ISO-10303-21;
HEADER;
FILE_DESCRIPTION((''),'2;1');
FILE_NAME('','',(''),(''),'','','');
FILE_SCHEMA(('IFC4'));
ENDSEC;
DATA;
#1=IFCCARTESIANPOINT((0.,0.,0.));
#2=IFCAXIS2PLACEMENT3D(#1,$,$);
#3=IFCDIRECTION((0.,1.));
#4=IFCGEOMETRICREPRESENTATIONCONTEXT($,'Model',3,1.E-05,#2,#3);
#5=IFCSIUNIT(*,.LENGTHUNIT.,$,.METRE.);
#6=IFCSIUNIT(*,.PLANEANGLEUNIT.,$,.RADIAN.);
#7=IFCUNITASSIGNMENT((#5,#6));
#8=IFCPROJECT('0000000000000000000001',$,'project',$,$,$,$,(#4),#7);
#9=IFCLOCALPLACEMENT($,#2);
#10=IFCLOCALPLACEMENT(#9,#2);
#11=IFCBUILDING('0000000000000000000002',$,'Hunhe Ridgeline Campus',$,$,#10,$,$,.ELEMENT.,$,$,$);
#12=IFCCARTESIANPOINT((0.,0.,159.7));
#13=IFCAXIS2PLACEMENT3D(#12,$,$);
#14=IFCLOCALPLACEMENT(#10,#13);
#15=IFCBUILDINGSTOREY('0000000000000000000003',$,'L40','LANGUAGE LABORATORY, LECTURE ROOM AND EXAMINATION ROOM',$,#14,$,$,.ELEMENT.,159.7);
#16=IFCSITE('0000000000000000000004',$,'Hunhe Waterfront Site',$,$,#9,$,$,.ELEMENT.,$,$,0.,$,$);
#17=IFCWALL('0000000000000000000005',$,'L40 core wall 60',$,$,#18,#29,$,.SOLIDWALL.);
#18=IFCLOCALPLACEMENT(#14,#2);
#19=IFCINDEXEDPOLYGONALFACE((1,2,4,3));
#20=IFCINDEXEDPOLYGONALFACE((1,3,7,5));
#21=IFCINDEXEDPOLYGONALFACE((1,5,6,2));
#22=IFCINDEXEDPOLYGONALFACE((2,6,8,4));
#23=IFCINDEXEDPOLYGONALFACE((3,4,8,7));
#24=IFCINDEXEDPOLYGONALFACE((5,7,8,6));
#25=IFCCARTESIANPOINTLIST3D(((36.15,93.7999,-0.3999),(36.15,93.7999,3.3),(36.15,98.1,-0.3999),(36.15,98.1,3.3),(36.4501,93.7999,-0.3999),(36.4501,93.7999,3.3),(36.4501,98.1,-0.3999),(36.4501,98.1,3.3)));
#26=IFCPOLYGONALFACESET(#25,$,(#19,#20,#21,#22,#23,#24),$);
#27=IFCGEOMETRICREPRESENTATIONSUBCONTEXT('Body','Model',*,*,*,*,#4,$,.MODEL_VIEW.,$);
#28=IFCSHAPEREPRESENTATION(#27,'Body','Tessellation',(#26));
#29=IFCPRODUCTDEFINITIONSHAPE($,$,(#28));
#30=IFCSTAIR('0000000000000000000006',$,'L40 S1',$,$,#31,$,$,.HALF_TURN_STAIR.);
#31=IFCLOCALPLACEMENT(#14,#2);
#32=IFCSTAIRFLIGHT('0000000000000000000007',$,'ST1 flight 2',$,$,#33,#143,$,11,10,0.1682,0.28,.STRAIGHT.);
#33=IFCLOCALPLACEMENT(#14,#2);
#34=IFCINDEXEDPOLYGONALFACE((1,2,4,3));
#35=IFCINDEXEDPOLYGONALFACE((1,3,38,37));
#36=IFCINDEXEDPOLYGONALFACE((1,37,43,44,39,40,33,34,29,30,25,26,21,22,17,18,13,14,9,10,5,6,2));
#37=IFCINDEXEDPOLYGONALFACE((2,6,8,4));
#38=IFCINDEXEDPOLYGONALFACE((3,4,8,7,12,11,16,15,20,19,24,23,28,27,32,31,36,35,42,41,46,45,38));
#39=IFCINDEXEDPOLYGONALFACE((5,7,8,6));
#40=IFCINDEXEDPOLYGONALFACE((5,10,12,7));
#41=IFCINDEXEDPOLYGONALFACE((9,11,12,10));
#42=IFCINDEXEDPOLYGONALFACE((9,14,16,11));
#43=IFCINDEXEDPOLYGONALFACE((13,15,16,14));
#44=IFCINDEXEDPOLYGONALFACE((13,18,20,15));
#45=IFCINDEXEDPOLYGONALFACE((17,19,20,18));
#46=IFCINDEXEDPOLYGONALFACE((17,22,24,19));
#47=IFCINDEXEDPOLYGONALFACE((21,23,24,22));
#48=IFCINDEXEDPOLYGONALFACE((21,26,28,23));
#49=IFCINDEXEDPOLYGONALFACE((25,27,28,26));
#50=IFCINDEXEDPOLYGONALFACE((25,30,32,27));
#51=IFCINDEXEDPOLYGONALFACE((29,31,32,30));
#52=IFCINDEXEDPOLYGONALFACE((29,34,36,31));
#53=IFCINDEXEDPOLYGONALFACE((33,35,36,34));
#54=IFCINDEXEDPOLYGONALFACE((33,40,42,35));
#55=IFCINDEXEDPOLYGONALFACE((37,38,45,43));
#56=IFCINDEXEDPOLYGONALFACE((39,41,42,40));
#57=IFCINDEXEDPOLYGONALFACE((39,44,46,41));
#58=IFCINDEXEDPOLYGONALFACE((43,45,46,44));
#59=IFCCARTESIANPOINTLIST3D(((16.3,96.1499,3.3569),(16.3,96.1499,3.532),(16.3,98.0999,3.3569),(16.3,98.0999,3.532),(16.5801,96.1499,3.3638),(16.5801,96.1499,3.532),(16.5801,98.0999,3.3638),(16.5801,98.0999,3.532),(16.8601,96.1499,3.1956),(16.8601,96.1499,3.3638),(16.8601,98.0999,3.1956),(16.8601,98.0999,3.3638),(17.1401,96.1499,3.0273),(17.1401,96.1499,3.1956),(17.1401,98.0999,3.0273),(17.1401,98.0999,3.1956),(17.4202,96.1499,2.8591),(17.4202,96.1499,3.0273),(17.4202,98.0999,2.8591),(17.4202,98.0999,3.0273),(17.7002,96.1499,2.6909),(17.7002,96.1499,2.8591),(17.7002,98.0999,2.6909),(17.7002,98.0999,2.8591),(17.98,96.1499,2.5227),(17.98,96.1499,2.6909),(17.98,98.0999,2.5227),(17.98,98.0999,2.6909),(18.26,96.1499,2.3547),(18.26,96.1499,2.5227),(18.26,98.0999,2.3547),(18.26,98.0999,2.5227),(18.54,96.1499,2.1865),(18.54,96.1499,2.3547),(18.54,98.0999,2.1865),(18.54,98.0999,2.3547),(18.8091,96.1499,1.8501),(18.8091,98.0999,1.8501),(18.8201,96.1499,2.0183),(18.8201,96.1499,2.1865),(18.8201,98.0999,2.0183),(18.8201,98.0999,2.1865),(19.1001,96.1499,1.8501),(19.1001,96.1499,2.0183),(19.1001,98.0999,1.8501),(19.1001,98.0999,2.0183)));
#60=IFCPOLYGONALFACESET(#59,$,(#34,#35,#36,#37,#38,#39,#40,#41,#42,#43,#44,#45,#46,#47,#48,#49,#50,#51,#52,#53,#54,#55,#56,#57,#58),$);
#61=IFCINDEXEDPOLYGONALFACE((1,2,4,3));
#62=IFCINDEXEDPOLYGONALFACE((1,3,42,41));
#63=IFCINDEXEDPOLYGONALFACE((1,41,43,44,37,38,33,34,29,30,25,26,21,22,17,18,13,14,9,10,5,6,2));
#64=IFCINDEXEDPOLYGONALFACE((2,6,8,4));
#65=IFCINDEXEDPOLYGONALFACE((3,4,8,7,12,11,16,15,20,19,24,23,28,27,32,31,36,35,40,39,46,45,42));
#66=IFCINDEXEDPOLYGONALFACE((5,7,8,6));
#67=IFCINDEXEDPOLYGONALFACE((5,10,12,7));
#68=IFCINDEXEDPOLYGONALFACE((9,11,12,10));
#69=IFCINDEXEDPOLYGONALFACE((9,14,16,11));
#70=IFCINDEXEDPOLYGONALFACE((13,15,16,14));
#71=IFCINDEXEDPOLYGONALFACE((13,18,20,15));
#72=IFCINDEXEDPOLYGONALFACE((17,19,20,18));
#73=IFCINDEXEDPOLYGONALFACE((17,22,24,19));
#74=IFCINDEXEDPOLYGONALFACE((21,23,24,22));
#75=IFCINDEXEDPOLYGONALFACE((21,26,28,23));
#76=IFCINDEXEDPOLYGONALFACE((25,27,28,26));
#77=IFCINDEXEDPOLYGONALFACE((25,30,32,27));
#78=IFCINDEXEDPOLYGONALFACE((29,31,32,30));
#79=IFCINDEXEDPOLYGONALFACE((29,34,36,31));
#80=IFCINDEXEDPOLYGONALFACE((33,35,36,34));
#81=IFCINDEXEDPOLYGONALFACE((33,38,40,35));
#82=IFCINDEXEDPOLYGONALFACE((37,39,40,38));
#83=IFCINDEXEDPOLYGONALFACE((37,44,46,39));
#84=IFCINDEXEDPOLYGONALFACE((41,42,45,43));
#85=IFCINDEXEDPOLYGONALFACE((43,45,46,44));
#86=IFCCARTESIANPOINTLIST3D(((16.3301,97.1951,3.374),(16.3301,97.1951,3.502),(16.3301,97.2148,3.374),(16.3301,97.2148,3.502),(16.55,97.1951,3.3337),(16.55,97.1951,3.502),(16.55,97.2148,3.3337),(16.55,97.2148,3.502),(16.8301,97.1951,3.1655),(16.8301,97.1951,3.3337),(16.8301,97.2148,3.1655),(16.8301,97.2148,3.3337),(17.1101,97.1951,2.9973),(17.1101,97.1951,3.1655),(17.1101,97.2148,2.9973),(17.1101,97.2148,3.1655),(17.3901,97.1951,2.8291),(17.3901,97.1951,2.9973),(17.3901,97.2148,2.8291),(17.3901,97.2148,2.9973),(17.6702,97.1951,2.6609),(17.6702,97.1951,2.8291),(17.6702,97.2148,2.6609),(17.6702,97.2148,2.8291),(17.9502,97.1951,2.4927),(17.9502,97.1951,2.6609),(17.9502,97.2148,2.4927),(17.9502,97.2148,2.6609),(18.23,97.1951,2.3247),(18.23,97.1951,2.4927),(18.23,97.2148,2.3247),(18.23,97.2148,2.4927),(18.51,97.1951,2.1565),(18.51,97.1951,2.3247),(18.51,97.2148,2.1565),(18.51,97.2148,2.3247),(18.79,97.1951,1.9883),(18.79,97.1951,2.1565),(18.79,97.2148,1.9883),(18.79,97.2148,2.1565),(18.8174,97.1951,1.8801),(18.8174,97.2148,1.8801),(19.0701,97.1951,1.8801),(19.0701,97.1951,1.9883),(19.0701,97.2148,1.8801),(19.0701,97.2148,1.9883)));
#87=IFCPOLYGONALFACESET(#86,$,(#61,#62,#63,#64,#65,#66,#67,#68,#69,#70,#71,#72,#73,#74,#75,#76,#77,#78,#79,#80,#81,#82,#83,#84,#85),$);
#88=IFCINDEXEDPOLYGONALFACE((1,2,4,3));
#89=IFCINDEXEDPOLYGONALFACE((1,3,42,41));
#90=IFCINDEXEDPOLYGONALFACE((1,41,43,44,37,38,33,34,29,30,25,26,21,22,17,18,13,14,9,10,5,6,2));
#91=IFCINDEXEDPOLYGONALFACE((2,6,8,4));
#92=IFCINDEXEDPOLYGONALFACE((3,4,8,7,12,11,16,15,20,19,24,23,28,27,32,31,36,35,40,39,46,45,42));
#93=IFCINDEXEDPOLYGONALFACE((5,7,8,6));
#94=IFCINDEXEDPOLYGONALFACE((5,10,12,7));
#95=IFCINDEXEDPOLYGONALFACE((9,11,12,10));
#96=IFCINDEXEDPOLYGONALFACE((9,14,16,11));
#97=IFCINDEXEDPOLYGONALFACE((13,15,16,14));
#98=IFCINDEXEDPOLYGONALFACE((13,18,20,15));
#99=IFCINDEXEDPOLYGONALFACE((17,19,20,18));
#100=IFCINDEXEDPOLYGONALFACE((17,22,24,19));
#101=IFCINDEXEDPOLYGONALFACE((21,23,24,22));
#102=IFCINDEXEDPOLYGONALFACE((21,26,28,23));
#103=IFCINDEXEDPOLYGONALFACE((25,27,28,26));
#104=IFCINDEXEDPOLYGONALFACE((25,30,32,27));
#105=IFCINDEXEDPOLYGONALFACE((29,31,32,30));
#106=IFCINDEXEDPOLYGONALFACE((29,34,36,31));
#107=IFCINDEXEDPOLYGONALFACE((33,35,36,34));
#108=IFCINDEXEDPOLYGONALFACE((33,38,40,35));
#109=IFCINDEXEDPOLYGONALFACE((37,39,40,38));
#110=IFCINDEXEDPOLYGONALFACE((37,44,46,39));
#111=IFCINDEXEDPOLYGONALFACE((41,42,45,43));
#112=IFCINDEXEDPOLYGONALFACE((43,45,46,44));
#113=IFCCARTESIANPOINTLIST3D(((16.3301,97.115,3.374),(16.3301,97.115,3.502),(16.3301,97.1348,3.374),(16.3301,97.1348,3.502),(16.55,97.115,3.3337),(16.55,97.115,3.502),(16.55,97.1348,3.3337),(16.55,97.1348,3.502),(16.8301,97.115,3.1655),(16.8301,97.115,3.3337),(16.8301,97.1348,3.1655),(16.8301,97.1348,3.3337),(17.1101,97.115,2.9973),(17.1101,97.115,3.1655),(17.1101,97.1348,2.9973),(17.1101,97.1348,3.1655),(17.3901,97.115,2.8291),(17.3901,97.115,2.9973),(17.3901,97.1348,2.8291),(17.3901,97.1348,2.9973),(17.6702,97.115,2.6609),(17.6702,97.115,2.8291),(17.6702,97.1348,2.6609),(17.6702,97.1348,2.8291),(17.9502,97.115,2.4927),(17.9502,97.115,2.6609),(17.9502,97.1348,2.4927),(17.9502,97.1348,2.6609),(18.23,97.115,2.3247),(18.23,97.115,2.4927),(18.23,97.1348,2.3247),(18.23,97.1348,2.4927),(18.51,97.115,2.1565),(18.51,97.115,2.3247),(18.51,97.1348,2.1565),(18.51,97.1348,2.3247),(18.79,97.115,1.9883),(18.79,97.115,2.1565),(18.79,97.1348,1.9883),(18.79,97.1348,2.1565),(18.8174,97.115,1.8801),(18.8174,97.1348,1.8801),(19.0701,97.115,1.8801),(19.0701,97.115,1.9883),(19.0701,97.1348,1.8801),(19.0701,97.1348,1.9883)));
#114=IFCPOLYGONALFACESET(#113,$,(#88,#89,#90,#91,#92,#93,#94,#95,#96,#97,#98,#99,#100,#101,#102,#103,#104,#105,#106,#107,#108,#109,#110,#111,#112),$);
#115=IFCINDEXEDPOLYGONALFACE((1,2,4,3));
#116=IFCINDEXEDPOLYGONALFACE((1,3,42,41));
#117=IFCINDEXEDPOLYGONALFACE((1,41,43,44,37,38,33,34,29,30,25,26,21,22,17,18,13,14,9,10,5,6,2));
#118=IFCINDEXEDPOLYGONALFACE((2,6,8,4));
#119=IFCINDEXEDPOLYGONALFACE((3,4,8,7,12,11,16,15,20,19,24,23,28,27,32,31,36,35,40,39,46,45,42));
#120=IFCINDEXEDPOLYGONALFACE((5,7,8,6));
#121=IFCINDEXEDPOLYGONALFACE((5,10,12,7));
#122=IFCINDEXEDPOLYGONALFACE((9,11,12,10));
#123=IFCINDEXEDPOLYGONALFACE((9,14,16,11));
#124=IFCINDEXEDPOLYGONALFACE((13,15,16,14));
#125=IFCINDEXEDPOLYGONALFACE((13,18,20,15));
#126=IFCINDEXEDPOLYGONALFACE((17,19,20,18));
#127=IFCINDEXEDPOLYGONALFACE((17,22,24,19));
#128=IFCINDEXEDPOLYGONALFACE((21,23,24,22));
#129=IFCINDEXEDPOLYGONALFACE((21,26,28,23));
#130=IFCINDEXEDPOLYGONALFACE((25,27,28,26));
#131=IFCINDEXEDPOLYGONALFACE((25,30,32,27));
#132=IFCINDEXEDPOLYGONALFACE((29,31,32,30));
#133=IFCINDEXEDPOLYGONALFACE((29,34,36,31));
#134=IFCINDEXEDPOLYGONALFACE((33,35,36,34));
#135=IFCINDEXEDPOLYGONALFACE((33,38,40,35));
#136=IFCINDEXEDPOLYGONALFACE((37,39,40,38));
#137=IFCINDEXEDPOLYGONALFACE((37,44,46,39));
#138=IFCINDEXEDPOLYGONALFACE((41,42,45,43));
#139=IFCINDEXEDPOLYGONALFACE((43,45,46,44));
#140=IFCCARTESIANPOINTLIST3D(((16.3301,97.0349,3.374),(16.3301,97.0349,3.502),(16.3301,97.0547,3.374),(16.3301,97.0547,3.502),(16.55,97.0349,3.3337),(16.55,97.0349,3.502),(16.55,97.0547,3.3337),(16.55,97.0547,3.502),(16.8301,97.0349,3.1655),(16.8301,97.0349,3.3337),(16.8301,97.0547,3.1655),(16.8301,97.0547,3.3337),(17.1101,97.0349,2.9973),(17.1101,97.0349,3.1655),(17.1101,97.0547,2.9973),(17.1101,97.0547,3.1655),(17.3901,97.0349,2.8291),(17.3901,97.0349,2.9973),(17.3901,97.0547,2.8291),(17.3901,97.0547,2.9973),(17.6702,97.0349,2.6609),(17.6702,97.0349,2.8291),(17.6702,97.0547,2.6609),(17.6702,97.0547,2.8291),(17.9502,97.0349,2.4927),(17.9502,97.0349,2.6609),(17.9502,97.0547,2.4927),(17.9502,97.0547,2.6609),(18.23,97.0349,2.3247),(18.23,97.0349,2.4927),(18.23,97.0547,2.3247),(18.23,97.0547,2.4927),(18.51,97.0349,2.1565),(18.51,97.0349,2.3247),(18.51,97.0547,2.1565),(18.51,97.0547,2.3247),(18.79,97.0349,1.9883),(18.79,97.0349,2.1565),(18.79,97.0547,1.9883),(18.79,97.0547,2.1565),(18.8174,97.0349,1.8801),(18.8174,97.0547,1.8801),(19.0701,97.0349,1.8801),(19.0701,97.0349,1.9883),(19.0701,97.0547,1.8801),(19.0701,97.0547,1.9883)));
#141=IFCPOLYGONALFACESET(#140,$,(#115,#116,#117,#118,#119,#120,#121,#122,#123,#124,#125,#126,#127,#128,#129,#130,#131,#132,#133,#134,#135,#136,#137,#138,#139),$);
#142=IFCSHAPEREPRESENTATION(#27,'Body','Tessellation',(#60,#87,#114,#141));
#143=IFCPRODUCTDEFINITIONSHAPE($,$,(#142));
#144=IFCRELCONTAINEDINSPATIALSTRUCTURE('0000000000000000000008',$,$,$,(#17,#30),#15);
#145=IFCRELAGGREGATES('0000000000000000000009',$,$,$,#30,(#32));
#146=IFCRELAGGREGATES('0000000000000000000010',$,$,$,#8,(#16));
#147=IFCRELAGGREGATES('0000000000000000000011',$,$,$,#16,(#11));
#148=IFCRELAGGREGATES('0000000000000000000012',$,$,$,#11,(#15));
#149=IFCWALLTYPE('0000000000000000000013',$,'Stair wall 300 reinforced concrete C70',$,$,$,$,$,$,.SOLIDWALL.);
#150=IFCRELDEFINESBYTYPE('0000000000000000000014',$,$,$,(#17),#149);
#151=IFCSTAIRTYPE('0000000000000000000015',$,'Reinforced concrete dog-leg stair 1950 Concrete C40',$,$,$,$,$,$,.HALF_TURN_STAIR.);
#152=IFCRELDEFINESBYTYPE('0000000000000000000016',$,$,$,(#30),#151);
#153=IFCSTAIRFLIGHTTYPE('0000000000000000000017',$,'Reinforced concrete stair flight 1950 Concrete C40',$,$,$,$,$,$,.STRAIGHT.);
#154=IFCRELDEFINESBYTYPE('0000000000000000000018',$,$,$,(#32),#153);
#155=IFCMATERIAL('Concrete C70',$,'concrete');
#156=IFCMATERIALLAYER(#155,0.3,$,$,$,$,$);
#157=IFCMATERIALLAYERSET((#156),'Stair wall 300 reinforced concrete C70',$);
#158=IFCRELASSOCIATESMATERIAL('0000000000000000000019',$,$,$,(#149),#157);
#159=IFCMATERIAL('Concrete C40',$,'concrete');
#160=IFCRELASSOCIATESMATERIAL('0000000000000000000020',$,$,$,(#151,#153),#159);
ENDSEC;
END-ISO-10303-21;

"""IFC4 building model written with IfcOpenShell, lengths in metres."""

from ifc_helpers import new_model, si_unit, direction, frame, frame_2d, origin, place, context, subcontext, project, spatial, polyline, rectangle, outline, extrude, material, layer, layer_set, type_object, element, aggregate, save


model = new_model("IFC4")

# Units and contexts
model_context = context("Model", 3, precision=1e-05, world=origin(), true_north=direction((0.0, 1.0)))
body_context = subcontext(model_context, "Body", "Model", "MODEL_VIEW")
ifc_project = project(units=[si_unit("LENGTHUNIT", "METRE"), si_unit("PLANEANGLEUNIT", "RADIAN")], contexts=[model_context])

# Site, building, storey
site_placement = place(None, origin())
site = spatial("IfcSite", under=ifc_project, at=site_placement, Name="Hunhe Waterfront Site", CompositionType="ELEMENT", RefElevation=0.0)
building_placement = place(site_placement, origin())
building = spatial("IfcBuilding", under=site, at=building_placement, Name="Hunhe Ridgeline Campus", CompositionType="ELEMENT")
storey_placement = place(building_placement, frame((0.0, 0.0, 159.7)))
storey = spatial("IfcBuildingStorey", under=building, at=storey_placement, Name="L40", Description="LANGUAGE LABORATORY, LECTURE ROOM AND EXAMINATION ROOM", CompositionType="ELEMENT", Elevation=159.7)

# Shared definitions
ifc_material_1 = material(Name="Concrete C70", Category="concrete")

# Shared definitions
ifc_layer_1 = layer(ifc_material_1, 0.3)
ifc_layer_set_1 = layer_set([ifc_layer_1], Name="Stair wall 300 reinforced concrete C70")
wall_type_1 = type_object("IfcWallType", Name="Stair wall 300 reinforced concrete C70", PredefinedType="SOLIDWALL", material=ifc_layer_set_1)

# Wall
wall_1_placement = place(storey_placement, frame((36.3, 93.8, -0.3999), z_axis=(0.0, 0.0, 1.0), x_axis=(0.0, 1.0, 0.0)))
element("IfcWall", 1, at=wall_1_placement, inside=storey, type_object=wall_type_1, Name="L40 core wall 60", PredefinedType="SOLIDWALL", context=body_context, shape_type="SweptSolid", body=[
    extrude(rectangle(XDim=4.3, YDim=0.3, at=frame_2d((2.1499, 0.0))), origin(), (0.0, 0.0, 1.0), 3.7),
])

# Stair, stair flight
ifc_material_2 = material(Name="Concrete C40", Category="concrete")
stair_type = type_object("IfcStairType", Name="Reinforced concrete dog-leg stair 1950 Concrete C40", PredefinedType="HALF_TURN_STAIR", material=ifc_material_2)
stair_1_placement = place(storey_placement, origin())
stair_1 = element("IfcStair", 2, at=stair_1_placement, inside=storey, type_object=stair_type, Name="L40 S1", PredefinedType="HALF_TURN_STAIR")
stair_flight_type = type_object("IfcStairFlightType", Name="Reinforced concrete stair flight 1950 Concrete C40", PredefinedType="STRAIGHT", material=ifc_material_2)
stair_flight_1_placement = place(storey_placement, frame((19.1001, 97.125, 1.8501), z_axis=(0.0, 0.0, 1.0), x_axis=(-1.0, 0.0, 0.0)))
stair_flight_1 = element("IfcStairFlight", 3, at=stair_flight_1_placement, type_object=stair_flight_type, Name="ST1 flight 2", NumberOfRisers=11, NumberOfTreads=10, PredefinedType="STRAIGHT", RiserHeight=0.1682, TreadLength=0.28, context=body_context, shape_type="SweptSolid", body=[
    extrude(outline(polyline([(0.0, 0.0), (0.0, 0.1682), (0.28, 0.1682), (0.28, 0.3364), (0.5601, 0.3364), (0.5601, 0.5046), (0.8401, 0.5046), (0.8401, 0.6726), (1.1201, 0.6726), (1.1201, 0.8408), (1.3999, 0.8408), (1.3999, 1.009), (1.6799, 1.009), (1.6799, 1.1772), (1.96, 1.1772), (1.96, 1.3455), (2.24, 1.3455), (2.24, 1.5137), (2.52, 1.5137), (2.52, 1.6819), (2.8, 1.6819), (2.8, 1.8501), (2.8, 1.5068), (0.291, 0.0), (0.0, 0.0)])), frame((0.0, 0.9751, 0.0), z_axis=(0.0, -1.0, 0.0), x_axis=(1.0, 0.0, 0.0)), (0.0, 0.0, 1.0), 1.95),
    extrude(outline(polyline([(0.03, 0.03), (0.03, 0.1382), (0.3101, 0.1382), (0.3101, 0.3064), (0.5901, 0.3064), (0.5901, 0.4746), (0.8701, 0.4746), (0.8701, 0.6426), (1.1499, 0.6426), (1.1499, 0.8108), (1.4299, 0.8108), (1.4299, 0.979), (1.71, 0.979), (1.71, 1.1472), (1.99, 1.1472), (1.99, 1.3154), (2.27, 1.3154), (2.27, 1.4836), (2.55, 1.4836), (2.55, 1.6519), (2.77, 1.6519), (2.77, 1.5239), (0.2827, 0.03), (0.03, 0.03)])), frame((0.0, -0.0701, 0.0), z_axis=(0.0, -1.0, 0.0), x_axis=(1.0, 0.0, 0.0)), (0.0, 0.0, 1.0), 0.0198),
    extrude(outline(polyline([(0.03, 0.03), (0.03, 0.1382), (0.3101, 0.1382), (0.3101, 0.3064), (0.5901, 0.3064), (0.5901, 0.4746), (0.8701, 0.4746), (0.8701, 0.6426), (1.1499, 0.6426), (1.1499, 0.8108), (1.4299, 0.8108), (1.4299, 0.979), (1.71, 0.979), (1.71, 1.1472), (1.99, 1.1472), (1.99, 1.3154), (2.27, 1.3154), (2.27, 1.4836), (2.55, 1.4836), (2.55, 1.6519), (2.77, 1.6519), (2.77, 1.5239), (0.2827, 0.03), (0.03, 0.03)])), frame((0.0, 0.01, 0.0), z_axis=(0.0, -1.0, 0.0), x_axis=(1.0, 0.0, 0.0)), (0.0, 0.0, 1.0), 0.0198),
    extrude(outline(polyline([(0.03, 0.03), (0.03, 0.1382), (0.3101, 0.1382), (0.3101, 0.3064), (0.5901, 0.3064), (0.5901, 0.4746), (0.8701, 0.4746), (0.8701, 0.6426), (1.1499, 0.6426), (1.1499, 0.8108), (1.4299, 0.8108), (1.4299, 0.979), (1.71, 0.979), (1.71, 1.1472), (1.99, 1.1472), (1.99, 1.3154), (2.27, 1.3154), (2.27, 1.4836), (2.55, 1.4836), (2.55, 1.6519), (2.77, 1.6519), (2.77, 1.5239), (0.2827, 0.03), (0.03, 0.03)])), frame((0.0, 0.0901, 0.0), z_axis=(0.0, -1.0, 0.0), x_axis=(1.0, 0.0, 0.0)), (0.0, 0.0, 1.0), 0.0198),
])
aggregate(stair_1, [stair_flight_1])

save(model, "model.ifc")
